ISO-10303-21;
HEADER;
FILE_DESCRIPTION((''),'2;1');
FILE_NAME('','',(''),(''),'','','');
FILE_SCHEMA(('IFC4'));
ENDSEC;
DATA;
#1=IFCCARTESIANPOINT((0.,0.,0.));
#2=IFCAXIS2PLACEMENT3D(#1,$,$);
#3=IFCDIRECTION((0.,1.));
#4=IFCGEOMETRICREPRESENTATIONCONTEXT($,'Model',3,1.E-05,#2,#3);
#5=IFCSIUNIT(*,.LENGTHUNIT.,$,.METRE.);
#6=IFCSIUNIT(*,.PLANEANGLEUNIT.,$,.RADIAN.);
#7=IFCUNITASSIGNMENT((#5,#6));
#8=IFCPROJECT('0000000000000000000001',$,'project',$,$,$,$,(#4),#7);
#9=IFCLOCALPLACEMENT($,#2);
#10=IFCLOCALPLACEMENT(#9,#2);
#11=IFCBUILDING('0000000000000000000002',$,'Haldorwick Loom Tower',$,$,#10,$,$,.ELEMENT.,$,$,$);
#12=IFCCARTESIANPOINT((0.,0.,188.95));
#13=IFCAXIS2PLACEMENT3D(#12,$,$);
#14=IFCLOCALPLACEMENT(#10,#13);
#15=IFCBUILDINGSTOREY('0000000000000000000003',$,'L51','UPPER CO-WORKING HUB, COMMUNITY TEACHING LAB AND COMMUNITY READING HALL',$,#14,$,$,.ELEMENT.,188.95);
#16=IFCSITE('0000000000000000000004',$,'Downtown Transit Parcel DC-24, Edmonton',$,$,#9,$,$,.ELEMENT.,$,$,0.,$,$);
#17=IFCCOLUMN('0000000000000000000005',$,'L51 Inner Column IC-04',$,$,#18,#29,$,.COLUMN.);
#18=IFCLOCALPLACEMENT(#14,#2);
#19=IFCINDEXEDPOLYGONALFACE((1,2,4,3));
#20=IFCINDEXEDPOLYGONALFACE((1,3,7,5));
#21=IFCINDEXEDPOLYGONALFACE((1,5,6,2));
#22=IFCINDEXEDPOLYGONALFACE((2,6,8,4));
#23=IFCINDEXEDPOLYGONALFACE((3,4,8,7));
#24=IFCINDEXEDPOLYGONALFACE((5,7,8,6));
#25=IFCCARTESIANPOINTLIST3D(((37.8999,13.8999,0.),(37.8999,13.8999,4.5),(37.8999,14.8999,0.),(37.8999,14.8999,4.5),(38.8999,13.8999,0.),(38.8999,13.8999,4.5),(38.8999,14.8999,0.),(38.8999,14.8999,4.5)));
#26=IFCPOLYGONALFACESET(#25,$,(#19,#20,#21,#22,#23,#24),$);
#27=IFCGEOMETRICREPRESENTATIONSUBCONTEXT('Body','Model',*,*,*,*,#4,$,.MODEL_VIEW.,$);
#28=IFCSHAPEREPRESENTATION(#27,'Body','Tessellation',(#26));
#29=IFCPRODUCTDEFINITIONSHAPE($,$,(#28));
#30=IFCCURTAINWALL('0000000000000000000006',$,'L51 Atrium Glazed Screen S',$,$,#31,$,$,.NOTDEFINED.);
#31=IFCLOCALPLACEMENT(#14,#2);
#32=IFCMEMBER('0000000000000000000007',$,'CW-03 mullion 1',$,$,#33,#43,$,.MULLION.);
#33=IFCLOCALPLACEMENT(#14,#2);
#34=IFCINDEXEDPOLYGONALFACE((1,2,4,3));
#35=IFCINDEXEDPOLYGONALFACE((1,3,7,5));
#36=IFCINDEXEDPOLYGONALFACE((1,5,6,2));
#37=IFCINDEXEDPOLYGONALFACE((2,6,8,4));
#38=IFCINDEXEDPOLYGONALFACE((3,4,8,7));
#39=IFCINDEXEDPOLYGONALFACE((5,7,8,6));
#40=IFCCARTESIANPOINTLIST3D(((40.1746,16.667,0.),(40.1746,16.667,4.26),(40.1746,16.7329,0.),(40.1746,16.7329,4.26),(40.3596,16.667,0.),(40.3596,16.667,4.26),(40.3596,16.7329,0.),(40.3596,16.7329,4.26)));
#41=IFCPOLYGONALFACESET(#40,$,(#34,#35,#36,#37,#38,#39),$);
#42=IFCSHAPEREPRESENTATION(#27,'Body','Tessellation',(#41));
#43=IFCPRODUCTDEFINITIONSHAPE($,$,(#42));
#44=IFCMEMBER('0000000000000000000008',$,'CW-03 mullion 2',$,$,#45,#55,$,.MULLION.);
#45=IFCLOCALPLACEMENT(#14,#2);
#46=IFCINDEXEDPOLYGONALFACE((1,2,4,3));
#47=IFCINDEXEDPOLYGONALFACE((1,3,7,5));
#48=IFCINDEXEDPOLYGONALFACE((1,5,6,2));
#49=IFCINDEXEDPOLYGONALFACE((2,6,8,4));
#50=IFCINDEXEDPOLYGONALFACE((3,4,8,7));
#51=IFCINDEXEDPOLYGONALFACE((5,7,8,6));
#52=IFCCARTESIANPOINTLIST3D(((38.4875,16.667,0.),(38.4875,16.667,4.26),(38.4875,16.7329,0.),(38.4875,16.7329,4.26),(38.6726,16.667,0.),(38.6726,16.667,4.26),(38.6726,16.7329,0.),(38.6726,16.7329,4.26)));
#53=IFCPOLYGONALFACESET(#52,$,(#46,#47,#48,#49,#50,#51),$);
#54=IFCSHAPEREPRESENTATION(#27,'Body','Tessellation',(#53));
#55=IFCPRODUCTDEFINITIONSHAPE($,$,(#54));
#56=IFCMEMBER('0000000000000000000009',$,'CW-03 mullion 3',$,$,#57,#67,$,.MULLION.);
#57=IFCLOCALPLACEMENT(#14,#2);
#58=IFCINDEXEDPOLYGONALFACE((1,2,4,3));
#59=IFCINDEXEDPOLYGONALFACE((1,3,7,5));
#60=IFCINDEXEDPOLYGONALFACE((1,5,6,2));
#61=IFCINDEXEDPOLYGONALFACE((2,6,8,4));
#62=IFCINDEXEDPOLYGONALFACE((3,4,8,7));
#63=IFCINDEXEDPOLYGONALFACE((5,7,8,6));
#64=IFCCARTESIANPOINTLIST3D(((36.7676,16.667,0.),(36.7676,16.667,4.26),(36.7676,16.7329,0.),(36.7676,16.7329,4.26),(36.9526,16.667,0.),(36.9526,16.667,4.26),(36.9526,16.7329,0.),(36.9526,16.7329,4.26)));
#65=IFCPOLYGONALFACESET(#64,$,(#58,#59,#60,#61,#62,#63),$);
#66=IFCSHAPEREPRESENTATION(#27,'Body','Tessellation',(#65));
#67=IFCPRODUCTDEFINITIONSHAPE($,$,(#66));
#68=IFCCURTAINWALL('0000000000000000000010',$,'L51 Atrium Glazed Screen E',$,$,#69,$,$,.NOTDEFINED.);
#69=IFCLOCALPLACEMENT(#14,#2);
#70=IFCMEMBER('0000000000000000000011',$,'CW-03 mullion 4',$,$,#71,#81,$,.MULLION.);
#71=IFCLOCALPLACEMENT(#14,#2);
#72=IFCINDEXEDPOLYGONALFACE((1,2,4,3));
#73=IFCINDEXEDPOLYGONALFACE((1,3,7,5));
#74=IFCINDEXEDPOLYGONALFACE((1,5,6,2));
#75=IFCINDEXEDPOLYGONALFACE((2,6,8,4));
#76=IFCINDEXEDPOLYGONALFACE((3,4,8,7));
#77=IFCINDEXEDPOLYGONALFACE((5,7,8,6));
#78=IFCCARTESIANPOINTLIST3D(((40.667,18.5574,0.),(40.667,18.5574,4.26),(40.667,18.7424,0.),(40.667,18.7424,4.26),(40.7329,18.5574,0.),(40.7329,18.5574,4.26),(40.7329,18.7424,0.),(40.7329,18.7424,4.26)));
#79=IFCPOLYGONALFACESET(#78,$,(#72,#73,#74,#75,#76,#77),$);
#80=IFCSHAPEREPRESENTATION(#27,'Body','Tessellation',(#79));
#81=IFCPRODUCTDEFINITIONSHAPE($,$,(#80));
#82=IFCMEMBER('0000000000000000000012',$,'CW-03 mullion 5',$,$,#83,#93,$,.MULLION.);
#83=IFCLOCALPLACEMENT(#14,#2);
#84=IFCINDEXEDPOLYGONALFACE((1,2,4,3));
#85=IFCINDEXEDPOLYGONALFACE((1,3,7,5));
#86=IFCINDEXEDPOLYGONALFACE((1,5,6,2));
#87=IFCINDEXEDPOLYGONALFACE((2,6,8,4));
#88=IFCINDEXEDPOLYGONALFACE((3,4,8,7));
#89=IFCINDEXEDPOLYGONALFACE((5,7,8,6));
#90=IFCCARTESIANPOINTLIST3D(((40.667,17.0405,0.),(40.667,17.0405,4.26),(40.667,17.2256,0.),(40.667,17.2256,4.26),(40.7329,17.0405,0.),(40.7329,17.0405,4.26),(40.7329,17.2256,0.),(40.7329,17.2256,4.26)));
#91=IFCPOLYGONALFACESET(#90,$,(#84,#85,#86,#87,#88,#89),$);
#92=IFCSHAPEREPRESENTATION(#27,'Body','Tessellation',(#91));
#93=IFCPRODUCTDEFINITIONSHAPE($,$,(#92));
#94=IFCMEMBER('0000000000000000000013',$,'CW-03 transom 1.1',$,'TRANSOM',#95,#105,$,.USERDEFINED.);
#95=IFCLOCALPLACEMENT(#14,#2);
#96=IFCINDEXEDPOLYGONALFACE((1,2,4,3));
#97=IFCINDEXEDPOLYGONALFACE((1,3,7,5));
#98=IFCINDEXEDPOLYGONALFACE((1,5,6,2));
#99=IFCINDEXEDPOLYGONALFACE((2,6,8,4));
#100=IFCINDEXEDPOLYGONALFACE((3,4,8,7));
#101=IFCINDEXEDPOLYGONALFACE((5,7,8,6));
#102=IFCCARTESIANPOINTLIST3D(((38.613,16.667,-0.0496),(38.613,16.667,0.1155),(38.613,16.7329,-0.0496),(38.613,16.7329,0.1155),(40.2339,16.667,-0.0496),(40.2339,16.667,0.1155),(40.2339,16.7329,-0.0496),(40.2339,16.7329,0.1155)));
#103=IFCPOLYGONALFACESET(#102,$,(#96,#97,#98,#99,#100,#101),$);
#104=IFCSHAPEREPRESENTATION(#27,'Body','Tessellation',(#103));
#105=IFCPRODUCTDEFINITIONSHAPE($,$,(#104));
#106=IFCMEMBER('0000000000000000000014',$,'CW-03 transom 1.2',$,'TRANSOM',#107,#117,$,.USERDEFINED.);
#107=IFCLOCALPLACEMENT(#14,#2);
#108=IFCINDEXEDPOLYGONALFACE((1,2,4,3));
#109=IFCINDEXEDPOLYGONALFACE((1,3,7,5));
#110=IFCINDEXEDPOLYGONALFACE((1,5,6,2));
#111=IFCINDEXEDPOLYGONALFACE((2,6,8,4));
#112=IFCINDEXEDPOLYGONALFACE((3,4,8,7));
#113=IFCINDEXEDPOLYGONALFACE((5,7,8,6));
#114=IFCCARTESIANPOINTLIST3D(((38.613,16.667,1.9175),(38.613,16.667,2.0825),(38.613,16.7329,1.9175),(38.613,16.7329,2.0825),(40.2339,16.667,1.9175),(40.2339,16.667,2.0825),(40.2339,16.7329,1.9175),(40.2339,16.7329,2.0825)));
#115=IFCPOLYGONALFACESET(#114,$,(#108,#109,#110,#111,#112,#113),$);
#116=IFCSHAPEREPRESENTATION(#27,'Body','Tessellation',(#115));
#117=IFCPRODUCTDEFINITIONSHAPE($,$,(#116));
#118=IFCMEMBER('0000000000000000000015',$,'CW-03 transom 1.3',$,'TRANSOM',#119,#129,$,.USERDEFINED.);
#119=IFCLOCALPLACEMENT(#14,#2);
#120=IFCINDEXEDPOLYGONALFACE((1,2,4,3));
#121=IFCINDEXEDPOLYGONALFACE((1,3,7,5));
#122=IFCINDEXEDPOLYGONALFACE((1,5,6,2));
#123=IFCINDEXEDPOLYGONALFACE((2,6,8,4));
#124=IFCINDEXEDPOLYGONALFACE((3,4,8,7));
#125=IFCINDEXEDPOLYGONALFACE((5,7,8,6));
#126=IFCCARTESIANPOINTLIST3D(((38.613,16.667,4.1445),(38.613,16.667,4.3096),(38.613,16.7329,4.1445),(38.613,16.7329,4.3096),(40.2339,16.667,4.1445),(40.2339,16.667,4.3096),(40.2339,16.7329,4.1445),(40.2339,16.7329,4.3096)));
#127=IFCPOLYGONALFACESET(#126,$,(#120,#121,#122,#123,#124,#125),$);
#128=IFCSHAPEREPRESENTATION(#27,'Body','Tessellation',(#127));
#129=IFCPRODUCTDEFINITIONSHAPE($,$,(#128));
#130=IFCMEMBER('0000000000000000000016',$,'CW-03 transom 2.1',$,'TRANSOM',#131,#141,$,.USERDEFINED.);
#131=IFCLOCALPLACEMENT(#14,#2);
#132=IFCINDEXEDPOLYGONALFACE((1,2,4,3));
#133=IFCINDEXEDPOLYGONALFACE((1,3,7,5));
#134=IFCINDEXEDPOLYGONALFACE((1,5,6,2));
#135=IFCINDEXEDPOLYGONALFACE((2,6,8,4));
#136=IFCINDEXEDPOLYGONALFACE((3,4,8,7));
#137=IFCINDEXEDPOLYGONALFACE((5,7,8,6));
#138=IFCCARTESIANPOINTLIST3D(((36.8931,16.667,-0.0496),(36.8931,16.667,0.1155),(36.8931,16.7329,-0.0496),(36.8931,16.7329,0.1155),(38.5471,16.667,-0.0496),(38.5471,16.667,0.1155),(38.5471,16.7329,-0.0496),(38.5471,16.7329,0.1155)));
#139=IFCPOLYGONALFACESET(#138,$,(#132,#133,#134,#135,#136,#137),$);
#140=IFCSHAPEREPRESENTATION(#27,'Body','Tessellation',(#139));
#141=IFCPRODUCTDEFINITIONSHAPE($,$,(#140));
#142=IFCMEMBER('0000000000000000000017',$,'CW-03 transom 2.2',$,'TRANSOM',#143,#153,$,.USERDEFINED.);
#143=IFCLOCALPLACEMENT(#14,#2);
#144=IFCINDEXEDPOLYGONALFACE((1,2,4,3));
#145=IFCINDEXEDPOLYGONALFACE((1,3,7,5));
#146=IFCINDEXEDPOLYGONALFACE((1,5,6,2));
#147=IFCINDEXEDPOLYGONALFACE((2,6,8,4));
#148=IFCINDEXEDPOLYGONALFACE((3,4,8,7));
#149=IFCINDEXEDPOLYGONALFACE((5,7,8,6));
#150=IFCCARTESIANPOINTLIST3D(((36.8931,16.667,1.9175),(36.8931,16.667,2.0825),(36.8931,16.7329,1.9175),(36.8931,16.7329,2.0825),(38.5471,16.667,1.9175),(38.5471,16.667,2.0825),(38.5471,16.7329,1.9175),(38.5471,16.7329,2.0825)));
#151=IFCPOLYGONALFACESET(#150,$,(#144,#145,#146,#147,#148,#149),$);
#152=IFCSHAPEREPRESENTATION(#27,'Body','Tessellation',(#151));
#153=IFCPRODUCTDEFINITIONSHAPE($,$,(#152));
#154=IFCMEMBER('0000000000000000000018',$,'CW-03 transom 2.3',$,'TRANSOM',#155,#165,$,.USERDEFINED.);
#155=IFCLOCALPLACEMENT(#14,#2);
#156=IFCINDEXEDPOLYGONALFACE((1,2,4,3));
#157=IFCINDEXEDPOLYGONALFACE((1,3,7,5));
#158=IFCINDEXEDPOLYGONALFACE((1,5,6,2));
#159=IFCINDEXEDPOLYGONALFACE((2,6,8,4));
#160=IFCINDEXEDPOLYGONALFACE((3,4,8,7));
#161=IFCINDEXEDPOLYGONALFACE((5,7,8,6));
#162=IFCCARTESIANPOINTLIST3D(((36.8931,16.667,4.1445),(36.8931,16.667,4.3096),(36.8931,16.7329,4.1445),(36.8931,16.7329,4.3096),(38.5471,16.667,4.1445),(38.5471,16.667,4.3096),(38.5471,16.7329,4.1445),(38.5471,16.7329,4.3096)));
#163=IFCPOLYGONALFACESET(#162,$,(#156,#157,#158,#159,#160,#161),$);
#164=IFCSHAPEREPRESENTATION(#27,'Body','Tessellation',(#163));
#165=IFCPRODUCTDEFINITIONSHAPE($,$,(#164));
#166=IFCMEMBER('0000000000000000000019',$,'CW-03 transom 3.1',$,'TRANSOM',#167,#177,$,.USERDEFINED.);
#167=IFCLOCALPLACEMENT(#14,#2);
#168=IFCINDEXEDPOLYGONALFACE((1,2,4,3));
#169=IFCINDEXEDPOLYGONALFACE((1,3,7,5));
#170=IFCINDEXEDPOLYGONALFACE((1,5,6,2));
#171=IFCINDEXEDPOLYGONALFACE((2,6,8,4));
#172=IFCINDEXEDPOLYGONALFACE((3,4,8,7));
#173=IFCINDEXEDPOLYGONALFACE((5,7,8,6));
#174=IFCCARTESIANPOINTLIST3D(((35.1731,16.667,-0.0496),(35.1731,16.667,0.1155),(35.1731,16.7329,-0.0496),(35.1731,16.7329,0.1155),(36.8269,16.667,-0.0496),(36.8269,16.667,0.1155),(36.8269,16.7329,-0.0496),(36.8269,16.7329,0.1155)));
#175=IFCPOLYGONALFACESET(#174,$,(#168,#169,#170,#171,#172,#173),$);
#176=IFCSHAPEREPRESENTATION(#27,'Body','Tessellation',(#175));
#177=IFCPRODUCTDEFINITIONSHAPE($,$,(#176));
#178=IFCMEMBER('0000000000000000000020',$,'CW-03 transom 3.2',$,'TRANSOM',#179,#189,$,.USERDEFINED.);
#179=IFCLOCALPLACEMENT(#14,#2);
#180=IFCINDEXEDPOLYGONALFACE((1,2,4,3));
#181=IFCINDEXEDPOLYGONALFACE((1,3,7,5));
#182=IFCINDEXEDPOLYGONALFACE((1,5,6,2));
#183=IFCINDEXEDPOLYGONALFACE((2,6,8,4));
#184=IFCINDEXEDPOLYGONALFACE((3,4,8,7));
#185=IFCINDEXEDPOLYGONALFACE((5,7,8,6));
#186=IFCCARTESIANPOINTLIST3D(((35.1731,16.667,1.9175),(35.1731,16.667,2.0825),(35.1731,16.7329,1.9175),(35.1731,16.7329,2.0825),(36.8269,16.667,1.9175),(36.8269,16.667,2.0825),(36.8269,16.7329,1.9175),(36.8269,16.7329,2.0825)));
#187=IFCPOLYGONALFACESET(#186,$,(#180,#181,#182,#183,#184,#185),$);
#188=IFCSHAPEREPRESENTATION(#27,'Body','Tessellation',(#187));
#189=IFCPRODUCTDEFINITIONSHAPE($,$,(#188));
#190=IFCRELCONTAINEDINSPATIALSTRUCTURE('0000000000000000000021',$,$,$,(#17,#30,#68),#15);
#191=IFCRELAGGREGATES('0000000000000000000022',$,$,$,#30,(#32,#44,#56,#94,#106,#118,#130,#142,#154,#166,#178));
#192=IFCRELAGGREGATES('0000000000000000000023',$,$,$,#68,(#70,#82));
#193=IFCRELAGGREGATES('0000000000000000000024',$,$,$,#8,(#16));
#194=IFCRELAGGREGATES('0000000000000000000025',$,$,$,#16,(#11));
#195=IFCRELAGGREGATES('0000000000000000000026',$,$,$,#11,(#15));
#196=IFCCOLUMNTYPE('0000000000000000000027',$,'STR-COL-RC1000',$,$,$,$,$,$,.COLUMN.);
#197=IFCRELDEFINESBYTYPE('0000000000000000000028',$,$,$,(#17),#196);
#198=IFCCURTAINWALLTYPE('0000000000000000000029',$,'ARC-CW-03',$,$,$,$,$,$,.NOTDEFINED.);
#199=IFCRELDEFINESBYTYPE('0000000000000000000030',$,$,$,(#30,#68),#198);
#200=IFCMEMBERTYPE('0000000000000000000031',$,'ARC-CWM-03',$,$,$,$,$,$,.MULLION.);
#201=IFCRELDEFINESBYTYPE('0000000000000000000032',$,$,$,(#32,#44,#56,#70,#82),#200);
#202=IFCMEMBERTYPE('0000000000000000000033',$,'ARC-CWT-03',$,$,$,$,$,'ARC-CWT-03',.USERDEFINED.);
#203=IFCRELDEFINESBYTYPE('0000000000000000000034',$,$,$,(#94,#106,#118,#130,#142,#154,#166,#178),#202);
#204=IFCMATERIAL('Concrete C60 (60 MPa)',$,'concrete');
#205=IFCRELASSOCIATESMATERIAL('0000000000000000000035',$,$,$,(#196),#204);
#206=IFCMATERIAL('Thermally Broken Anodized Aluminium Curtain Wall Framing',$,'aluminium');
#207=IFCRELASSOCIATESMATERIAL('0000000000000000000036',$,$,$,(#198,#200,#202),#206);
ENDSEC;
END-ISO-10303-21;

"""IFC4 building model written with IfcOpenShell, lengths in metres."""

from ifc_helpers import new_model, si_unit, direction, frame, origin, origin_2d, place, context, subcontext, project, spatial, rectangle, extrude, material, material_profile, profile_set, type_object, element, aggregate, save


model = new_model("IFC4")

# Units and contexts
model_context = context("Model", 3, precision=1e-05, world=origin(), true_north=direction((0.0, 1.0)))
body_context = subcontext(model_context, "Body", "Model", "MODEL_VIEW")
ifc_project = project(units=[si_unit("LENGTHUNIT", "METRE"), si_unit("PLANEANGLEUNIT", "RADIAN")], contexts=[model_context])

# Site, building, storey
site_placement = place(None, origin())
site = spatial("IfcSite", under=ifc_project, at=site_placement, Name="Downtown Transit Parcel DC-24, Edmonton", CompositionType="ELEMENT", RefElevation=0.0)
building_placement = place(site_placement, origin())
building = spatial("IfcBuilding", under=site, at=building_placement, Name="Haldorwick Loom Tower", CompositionType="ELEMENT")
storey_placement = place(building_placement, frame((0.0, 0.0, 188.95)))
storey = spatial("IfcBuildingStorey", under=building, at=storey_placement, Name="L51", Description="UPPER CO-WORKING HUB, COMMUNITY TEACHING LAB AND COMMUNITY READING HALL", CompositionType="ELEMENT", Elevation=188.95)

# Column
ifc_material_1 = material(Name="Concrete C60 (60 MPa)", Category="concrete")
ifc_material_profile_1 = material_profile(ifc_material_1, rectangle(XDim=1.0, YDim=1.0, at=origin_2d()), Name="RC1000X1000", Category="concrete")
ifc_profile_set_1 = profile_set([ifc_material_profile_1], Name="Concrete C60 (60 MPa)")
column_type = type_object("IfcColumnType", Name="STR-COL-RC1000", PredefinedType="COLUMN", material=ifc_profile_set_1)
column_placement = place(storey_placement, frame((38.3999, 14.3999, 0.0), z_axis=(0.0, 0.0, 1.0), x_axis=(1.0, 0.0, 0.0)))
element("IfcColumn", 1, at=column_placement, inside=storey, type_object=column_type, Name="L51 Inner Column IC-04", PredefinedType="COLUMN", context=body_context, shape_type="SweptSolid", body=[
    extrude(rectangle(XDim=1.0, YDim=1.0, at=origin_2d()), origin(), (0.0, 0.0, 1.0), 4.5),
])

# Curtain walls, members
ifc_material_2 = material(Name="Thermally Broken Anodized Aluminium Curtain Wall Framing", Category="aluminium")
curtain_wall_type = type_object("IfcCurtainWallType", Name="ARC-CW-03", PredefinedType="NOTDEFINED", material=ifc_material_2)
curtain_wall_1_placement = place(storey_placement, origin())
curtain_wall_1 = element("IfcCurtainWall", 2, at=curtain_wall_1_placement, inside=storey, type_object=curtain_wall_type, Name="L51 Atrium Glazed Screen S", PredefinedType="NOTDEFINED")
ifc_material_profile_2 = material_profile(ifc_material_2, rectangle(XDim=0.0659, YDim=0.1851, at=origin_2d()), Name="ALU_MUL_66X185", Category="aluminium")
ifc_profile_set_2 = profile_set([ifc_material_profile_2], Name="Thermally Broken Anodized Aluminium Curtain Wall Framing")
member_type_1 = type_object("IfcMemberType", Name="ARC-CWM-03", PredefinedType="MULLION", material=ifc_profile_set_2)
member_1_placement = place(storey_placement, frame((40.2671, 16.7, 0.0), z_axis=(0.0, 0.0, 1.0), x_axis=(0.0, -1.0, 0.0)))
member_1 = element("IfcMember", 3, at=member_1_placement, type_object=member_type_1, Name="CW-03 mullion 1", PredefinedType="MULLION", context=body_context, shape_type="SweptSolid", body=[
    extrude(rectangle(XDim=0.0659, YDim=0.1851, at=origin_2d()), origin(), (0.0, 0.0, 1.0), 4.26),
])
member_2_placement = place(storey_placement, frame((38.5801, 16.7, 0.0), z_axis=(0.0, 0.0, 1.0), x_axis=(0.0, -1.0, 0.0)))
member_2 = element("IfcMember", 4, at=member_2_placement, type_object=member_type_1, Name="CW-03 mullion 2", PredefinedType="MULLION", context=body_context, shape_type="SweptSolid", body=[
    extrude(rectangle(XDim=0.0659, YDim=0.1851, at=origin_2d()), origin(), (0.0, 0.0, 1.0), 4.26),
])
member_3_placement = place(storey_placement, frame((36.8601, 16.7, 0.0), z_axis=(0.0, 0.0, 1.0), x_axis=(0.0, -1.0, 0.0)))
member_3 = element("IfcMember", 5, at=member_3_placement, type_object=member_type_1, Name="CW-03 mullion 3", PredefinedType="MULLION", context=body_context, shape_type="SweptSolid", body=[
    extrude(rectangle(XDim=0.0659, YDim=0.1851, at=origin_2d()), origin(), (0.0, 0.0, 1.0), 4.26),
])
curtain_wall_2_placement = place(storey_placement, origin())
curtain_wall_2 = element("IfcCurtainWall", 6, at=curtain_wall_2_placement, inside=storey, type_object=curtain_wall_type, Name="L51 Atrium Glazed Screen E", PredefinedType="NOTDEFINED")
member_4_placement = place(storey_placement, frame((40.7, 18.6499, 0.0), z_axis=(0.0, 0.0, 1.0), x_axis=(1.0, 0.0, 0.0)))
member_4 = element("IfcMember", 7, at=member_4_placement, type_object=member_type_1, Name="CW-03 mullion 4", PredefinedType="MULLION", context=body_context, shape_type="SweptSolid", body=[
    extrude(rectangle(XDim=0.0659, YDim=0.1851, at=origin_2d()), origin(), (0.0, 0.0, 1.0), 4.26),
])
member_5_placement = place(storey_placement, frame((40.7, 17.1331, 0.0), z_axis=(0.0, 0.0, 1.0), x_axis=(1.0, 0.0, 0.0)))
member_5 = element("IfcMember", 8, at=member_5_placement, type_object=member_type_1, Name="CW-03 mullion 5", PredefinedType="MULLION", context=body_context, shape_type="SweptSolid", body=[
    extrude(rectangle(XDim=0.0659, YDim=0.1851, at=origin_2d()), origin(), (0.0, 0.0, 1.0), 4.26),
])

# Members
ifc_material_profile_3 = material_profile(ifc_material_2, rectangle(XDim=0.0659, YDim=0.165, at=origin_2d()), Name="ALU_TRN_66X165", Category="aluminium")
ifc_profile_set_3 = profile_set([ifc_material_profile_3], Name="Thermally Broken Anodized Aluminium Curtain Wall Framing")
member_type_2 = type_object("IfcMemberType", Name="ARC-CWT-03", ElementType="ARC-CWT-03", PredefinedType="USERDEFINED", material=ifc_profile_set_3)
member_6_placement = place(storey_placement, frame((40.2339, 16.7, 0.033), z_axis=(-1.0, 0.0, 0.0), x_axis=(0.0, -1.0, 0.0)))
member_6 = element("IfcMember", 9, at=member_6_placement, type_object=member_type_2, Name="CW-03 transom 1.1", ObjectType="TRANSOM", PredefinedType="USERDEFINED", context=body_context, shape_type="SweptSolid", body=[
    extrude(rectangle(XDim=0.0659, YDim=0.165, at=origin_2d()), origin(), (0.0, 0.0, 1.0), 1.6208),
])
member_7_placement = place(storey_placement, frame((40.2339, 16.7, 2.0), z_axis=(-1.0, 0.0, 0.0), x_axis=(0.0, -1.0, 0.0)))
member_7 = element("IfcMember", 10, at=member_7_placement, type_object=member_type_2, Name="CW-03 transom 1.2", ObjectType="TRANSOM", PredefinedType="USERDEFINED", context=body_context, shape_type="SweptSolid", body=[
    extrude(rectangle(XDim=0.0659, YDim=0.165, at=origin_2d()), origin(), (0.0, 0.0, 1.0), 1.6208),
])
member_8_placement = place(storey_placement, frame((40.2339, 16.7, 4.2271), z_axis=(-1.0, 0.0, 0.0), x_axis=(0.0, -1.0, 0.0)))
member_8 = element("IfcMember", 11, at=member_8_placement, type_object=member_type_2, Name="CW-03 transom 1.3", ObjectType="TRANSOM", PredefinedType="USERDEFINED", context=body_context, shape_type="SweptSolid", body=[
    extrude(rectangle(XDim=0.0659, YDim=0.165, at=origin_2d()), origin(), (0.0, 0.0, 1.0), 1.6208),
])
member_9_placement = place(storey_placement, frame((38.5471, 16.7, 0.033), z_axis=(-1.0, 0.0, 0.0), x_axis=(0.0, -1.0, 0.0)))
member_9 = element("IfcMember", 12, at=member_9_placement, type_object=member_type_2, Name="CW-03 transom 2.1", ObjectType="TRANSOM", PredefinedType="USERDEFINED", context=body_context, shape_type="SweptSolid", body=[
    extrude(rectangle(XDim=0.0659, YDim=0.165, at=origin_2d()), origin(), (0.0, 0.0, 1.0), 1.6541),
])
member_10_placement = place(storey_placement, frame((38.5471, 16.7, 2.0), z_axis=(-1.0, 0.0, 0.0), x_axis=(0.0, -1.0, 0.0)))
member_10 = element("IfcMember", 13, at=member_10_placement, type_object=member_type_2, Name="CW-03 transom 2.2", ObjectType="TRANSOM", PredefinedType="USERDEFINED", context=body_context, shape_type="SweptSolid", body=[
    extrude(rectangle(XDim=0.0659, YDim=0.165, at=origin_2d()), origin(), (0.0, 0.0, 1.0), 1.6541),
])
member_11_placement = place(storey_placement, frame((38.5471, 16.7, 4.2271), z_axis=(-1.0, 0.0, 0.0), x_axis=(0.0, -1.0, 0.0)))
member_11 = element("IfcMember", 14, at=member_11_placement, type_object=member_type_2, Name="CW-03 transom 2.3", ObjectType="TRANSOM", PredefinedType="USERDEFINED", context=body_context, shape_type="SweptSolid", body=[
    extrude(rectangle(XDim=0.0659, YDim=0.165, at=origin_2d()), origin(), (0.0, 0.0, 1.0), 1.6541),
])
member_12_placement = place(storey_placement, frame((36.8269, 16.7, 0.033), z_axis=(-1.0, 0.0, 0.0), x_axis=(0.0, -1.0, 0.0)))
member_12 = element("IfcMember", 15, at=member_12_placement, type_object=member_type_2, Name="CW-03 transom 3.1", ObjectType="TRANSOM", PredefinedType="USERDEFINED", context=body_context, shape_type="SweptSolid", body=[
    extrude(rectangle(XDim=0.0659, YDim=0.165, at=origin_2d()), origin(), (0.0, 0.0, 1.0), 1.6538),
])
member_13_placement = place(storey_placement, frame((36.8269, 16.7, 2.0), z_axis=(-1.0, 0.0, 0.0), x_axis=(0.0, -1.0, 0.0)))
member_13 = element("IfcMember", 16, at=member_13_placement, type_object=member_type_2, Name="CW-03 transom 3.2", ObjectType="TRANSOM", PredefinedType="USERDEFINED", context=body_context, shape_type="SweptSolid", body=[
    extrude(rectangle(XDim=0.0659, YDim=0.165, at=origin_2d()), origin(), (0.0, 0.0, 1.0), 1.6538),
])

aggregate(curtain_wall_1, [member_1, member_2, member_3, member_6, member_7, member_8, member_9, member_10, member_11, member_12, member_13])
aggregate(curtain_wall_2, [member_4, member_5])

save(model, "model.ifc")
